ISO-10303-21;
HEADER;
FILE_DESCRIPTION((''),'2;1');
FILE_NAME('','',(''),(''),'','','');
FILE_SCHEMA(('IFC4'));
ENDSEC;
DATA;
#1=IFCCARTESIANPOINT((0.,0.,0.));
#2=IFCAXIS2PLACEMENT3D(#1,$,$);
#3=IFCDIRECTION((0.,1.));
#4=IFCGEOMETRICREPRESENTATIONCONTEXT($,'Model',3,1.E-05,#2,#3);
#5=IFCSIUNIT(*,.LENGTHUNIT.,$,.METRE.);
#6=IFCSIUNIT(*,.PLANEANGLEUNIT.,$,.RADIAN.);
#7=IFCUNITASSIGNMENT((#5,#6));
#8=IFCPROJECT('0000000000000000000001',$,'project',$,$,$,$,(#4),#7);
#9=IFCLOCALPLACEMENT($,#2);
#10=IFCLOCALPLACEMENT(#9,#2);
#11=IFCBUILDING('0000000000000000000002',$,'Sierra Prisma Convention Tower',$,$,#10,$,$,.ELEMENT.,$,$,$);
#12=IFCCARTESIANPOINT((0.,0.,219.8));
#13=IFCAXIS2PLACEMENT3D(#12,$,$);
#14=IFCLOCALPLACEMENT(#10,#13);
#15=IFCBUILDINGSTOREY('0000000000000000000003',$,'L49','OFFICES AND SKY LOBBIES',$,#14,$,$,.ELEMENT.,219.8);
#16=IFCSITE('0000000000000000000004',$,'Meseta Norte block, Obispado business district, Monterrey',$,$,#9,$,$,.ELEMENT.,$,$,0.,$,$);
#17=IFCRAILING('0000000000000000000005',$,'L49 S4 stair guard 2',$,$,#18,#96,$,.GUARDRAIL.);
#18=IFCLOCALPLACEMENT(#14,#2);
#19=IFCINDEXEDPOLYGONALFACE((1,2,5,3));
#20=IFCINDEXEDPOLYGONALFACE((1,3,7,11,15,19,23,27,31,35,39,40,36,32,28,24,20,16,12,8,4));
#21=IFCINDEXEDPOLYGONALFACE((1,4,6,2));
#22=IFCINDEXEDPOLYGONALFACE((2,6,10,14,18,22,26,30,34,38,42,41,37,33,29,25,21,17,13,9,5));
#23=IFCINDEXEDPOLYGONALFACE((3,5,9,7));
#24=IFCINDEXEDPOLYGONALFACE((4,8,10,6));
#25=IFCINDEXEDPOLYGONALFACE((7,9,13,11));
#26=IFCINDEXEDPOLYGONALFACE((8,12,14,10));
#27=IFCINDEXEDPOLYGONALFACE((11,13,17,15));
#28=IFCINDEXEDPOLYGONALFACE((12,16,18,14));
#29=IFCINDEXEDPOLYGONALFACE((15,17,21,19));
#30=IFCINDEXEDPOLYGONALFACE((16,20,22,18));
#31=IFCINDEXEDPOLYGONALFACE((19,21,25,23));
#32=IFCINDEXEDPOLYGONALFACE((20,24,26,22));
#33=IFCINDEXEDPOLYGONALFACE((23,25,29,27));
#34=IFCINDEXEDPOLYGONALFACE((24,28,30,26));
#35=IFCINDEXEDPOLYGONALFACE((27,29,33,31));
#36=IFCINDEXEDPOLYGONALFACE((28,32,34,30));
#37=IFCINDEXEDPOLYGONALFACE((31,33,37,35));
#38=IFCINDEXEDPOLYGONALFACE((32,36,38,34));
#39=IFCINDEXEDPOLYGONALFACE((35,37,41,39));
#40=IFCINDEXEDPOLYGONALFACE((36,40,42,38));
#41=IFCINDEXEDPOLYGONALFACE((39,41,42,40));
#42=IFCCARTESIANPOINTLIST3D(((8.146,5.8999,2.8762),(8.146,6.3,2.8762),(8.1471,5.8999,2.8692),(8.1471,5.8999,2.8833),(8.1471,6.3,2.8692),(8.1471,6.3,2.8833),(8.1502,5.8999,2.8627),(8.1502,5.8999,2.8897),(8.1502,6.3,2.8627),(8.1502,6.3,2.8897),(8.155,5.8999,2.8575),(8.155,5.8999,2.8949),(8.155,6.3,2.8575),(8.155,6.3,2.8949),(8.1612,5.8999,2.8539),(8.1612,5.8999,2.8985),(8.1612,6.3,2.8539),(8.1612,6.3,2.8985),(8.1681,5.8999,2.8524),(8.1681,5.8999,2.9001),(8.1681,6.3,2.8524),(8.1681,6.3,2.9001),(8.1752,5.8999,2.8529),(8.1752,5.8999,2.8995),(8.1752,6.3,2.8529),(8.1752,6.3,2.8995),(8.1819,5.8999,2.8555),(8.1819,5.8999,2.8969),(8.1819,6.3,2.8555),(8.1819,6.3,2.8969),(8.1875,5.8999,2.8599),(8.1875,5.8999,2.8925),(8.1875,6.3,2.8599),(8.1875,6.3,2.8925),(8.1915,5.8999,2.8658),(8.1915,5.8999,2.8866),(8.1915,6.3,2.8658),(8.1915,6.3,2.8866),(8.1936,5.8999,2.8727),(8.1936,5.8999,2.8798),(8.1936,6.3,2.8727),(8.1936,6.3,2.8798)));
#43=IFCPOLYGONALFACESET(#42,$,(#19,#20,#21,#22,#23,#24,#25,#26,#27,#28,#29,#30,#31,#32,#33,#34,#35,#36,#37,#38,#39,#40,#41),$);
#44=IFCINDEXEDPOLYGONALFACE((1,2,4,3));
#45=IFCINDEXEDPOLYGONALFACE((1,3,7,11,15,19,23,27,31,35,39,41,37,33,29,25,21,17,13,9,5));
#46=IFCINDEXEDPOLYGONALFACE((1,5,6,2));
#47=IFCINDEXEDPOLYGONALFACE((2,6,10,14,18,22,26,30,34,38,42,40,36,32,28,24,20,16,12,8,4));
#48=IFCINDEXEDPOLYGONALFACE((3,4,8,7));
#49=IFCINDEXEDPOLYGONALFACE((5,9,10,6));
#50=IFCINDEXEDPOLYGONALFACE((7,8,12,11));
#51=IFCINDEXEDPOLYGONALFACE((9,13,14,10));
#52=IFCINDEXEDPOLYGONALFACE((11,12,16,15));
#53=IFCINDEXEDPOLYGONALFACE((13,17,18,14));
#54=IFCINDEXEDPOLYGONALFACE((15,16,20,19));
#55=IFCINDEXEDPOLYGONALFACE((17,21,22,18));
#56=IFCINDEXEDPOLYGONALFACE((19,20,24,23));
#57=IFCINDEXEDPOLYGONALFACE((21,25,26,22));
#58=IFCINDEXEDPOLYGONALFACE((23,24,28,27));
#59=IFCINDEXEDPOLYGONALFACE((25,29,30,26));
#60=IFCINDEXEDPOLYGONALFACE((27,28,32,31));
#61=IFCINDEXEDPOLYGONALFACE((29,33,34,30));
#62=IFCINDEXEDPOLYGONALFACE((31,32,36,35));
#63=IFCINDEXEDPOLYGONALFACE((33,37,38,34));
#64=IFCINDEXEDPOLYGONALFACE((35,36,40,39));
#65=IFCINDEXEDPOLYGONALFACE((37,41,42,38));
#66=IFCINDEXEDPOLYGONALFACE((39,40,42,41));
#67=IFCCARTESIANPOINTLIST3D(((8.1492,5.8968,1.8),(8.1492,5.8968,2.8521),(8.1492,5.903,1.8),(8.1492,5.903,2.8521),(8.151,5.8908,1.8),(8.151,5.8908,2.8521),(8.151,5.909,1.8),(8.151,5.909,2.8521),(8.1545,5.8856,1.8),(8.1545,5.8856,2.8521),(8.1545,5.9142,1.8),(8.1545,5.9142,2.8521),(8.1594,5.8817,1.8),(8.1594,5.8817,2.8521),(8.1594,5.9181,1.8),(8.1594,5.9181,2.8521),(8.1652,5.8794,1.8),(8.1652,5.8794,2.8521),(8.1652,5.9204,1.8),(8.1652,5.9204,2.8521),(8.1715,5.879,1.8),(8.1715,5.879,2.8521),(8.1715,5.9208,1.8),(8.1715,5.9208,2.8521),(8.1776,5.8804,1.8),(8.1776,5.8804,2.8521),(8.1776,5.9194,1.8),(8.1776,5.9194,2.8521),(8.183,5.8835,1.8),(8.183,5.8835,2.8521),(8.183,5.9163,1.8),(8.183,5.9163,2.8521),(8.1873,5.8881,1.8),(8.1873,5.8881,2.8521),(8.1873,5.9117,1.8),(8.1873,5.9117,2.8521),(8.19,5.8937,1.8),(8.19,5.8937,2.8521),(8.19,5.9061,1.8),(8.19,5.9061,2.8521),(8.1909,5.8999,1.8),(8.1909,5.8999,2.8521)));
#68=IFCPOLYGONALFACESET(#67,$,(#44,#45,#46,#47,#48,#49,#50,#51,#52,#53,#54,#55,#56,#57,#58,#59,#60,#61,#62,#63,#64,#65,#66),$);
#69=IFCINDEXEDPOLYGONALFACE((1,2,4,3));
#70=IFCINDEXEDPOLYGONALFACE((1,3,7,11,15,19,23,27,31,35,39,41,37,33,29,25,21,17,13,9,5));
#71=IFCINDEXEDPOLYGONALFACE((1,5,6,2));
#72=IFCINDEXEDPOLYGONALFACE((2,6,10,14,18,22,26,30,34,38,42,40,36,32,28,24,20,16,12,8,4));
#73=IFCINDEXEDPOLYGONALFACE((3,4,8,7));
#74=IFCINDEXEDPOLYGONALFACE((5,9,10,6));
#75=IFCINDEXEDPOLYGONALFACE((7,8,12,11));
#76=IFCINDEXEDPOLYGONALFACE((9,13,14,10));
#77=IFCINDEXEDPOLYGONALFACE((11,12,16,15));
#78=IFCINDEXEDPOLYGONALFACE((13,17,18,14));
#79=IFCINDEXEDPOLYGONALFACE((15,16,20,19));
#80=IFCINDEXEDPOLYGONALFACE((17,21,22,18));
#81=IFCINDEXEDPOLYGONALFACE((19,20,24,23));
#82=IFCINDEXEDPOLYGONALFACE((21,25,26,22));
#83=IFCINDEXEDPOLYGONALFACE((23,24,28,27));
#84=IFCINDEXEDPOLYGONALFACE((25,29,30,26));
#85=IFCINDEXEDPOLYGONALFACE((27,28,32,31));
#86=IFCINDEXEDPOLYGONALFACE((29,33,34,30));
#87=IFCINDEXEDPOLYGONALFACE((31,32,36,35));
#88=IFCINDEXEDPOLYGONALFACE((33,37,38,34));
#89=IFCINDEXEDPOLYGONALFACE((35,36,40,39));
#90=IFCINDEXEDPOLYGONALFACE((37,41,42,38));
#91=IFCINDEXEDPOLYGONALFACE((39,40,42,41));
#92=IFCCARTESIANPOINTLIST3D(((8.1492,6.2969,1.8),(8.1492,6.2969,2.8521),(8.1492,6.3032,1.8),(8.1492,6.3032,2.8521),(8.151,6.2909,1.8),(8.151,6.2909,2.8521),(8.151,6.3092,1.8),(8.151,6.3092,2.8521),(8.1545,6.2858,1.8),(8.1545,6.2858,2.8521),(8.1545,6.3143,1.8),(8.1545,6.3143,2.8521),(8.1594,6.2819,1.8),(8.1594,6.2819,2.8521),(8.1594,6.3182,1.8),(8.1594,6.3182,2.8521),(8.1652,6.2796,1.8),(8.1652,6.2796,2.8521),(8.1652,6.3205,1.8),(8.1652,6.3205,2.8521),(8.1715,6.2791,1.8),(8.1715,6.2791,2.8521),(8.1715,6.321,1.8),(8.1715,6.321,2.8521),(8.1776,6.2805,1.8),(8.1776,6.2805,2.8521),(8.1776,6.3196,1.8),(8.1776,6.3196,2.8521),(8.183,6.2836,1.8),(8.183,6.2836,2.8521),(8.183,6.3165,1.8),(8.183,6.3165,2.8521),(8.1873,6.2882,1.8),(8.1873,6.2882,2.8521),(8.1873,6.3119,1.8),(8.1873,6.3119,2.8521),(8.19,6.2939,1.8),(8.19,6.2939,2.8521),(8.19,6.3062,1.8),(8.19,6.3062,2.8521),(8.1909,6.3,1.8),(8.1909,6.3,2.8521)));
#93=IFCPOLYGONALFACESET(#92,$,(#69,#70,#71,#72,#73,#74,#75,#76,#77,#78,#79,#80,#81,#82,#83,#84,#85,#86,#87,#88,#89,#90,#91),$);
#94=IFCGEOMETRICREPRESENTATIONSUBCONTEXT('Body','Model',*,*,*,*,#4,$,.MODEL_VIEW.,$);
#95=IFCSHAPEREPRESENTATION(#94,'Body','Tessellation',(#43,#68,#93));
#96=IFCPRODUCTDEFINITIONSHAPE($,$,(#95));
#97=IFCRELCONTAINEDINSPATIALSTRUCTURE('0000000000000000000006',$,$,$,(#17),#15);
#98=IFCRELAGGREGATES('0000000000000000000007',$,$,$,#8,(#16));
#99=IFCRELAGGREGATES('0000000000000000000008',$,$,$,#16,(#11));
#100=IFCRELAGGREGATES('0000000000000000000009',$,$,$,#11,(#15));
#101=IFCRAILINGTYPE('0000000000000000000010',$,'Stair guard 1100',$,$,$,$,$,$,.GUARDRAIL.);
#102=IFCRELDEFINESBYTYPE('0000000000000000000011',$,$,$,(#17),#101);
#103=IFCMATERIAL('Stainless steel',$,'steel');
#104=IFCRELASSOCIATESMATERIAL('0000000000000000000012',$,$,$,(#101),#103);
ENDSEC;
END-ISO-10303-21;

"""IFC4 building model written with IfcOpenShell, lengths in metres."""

from ifc_helpers import new_model, si_unit, direction, frame, origin, origin_2d, place, context, subcontext, project, spatial, circle, extrude, material, type_object, element, save


model = new_model("IFC4")

# Units and contexts
model_context = context("Model", 3, precision=1e-05, world=origin(), true_north=direction((0.0, 1.0)))
body_context = subcontext(model_context, "Body", "Model", "MODEL_VIEW")
ifc_project = project(units=[si_unit("LENGTHUNIT", "METRE"), si_unit("PLANEANGLEUNIT", "RADIAN")], contexts=[model_context])

# Site, building, storey
site_placement = place(None, origin())
site = spatial("IfcSite", under=ifc_project, at=site_placement, Name="Meseta Norte block, Obispado business district, Monterrey", CompositionType="ELEMENT", RefElevation=0.0)
building_placement = place(site_placement, origin())
building = spatial("IfcBuilding", under=site, at=building_placement, Name="Sierra Prisma Convention Tower", CompositionType="ELEMENT")
storey_placement = place(building_placement, frame((0.0, 0.0, 219.8)))
storey = spatial("IfcBuildingStorey", under=building, at=storey_placement, Name="L49", Description="OFFICES AND SKY LOBBIES", CompositionType="ELEMENT", Elevation=219.8)

# Railing
ifc_material_1 = material(Name="Stainless steel", Category="steel")
railing_type = type_object("IfcRailingType", Name="Stair guard 1100", PredefinedType="GUARDRAIL", material=ifc_material_1)
railing_1_placement = place(storey_placement, frame((8.1699, 5.8999, 1.8)))
element("IfcRailing", 1, at=railing_1_placement, inside=storey, type_object=railing_type, Name="L49 S4 stair guard 2", PredefinedType="GUARDRAIL", context=body_context, shape_type="SweptSolid", body=[
    extrude(circle(Radius=0.0239, at=origin_2d()), frame((0.0, 0.0, 1.0762), z_axis=(0.0, 1.0, 0.0), x_axis=(-1.0, 0.0, 0.0)), (0.0, 0.0, 1.0), 0.4001),
    extrude(circle(Radius=0.021, at=origin_2d()), origin(), (0.0, 0.0, 1.0), 1.052),
    extrude(circle(Radius=0.021, at=origin_2d()), frame((0.0, 0.4001, 0.0)), (0.0, 0.0, 1.0), 1.052),
])

save(model, "model.ifc")
